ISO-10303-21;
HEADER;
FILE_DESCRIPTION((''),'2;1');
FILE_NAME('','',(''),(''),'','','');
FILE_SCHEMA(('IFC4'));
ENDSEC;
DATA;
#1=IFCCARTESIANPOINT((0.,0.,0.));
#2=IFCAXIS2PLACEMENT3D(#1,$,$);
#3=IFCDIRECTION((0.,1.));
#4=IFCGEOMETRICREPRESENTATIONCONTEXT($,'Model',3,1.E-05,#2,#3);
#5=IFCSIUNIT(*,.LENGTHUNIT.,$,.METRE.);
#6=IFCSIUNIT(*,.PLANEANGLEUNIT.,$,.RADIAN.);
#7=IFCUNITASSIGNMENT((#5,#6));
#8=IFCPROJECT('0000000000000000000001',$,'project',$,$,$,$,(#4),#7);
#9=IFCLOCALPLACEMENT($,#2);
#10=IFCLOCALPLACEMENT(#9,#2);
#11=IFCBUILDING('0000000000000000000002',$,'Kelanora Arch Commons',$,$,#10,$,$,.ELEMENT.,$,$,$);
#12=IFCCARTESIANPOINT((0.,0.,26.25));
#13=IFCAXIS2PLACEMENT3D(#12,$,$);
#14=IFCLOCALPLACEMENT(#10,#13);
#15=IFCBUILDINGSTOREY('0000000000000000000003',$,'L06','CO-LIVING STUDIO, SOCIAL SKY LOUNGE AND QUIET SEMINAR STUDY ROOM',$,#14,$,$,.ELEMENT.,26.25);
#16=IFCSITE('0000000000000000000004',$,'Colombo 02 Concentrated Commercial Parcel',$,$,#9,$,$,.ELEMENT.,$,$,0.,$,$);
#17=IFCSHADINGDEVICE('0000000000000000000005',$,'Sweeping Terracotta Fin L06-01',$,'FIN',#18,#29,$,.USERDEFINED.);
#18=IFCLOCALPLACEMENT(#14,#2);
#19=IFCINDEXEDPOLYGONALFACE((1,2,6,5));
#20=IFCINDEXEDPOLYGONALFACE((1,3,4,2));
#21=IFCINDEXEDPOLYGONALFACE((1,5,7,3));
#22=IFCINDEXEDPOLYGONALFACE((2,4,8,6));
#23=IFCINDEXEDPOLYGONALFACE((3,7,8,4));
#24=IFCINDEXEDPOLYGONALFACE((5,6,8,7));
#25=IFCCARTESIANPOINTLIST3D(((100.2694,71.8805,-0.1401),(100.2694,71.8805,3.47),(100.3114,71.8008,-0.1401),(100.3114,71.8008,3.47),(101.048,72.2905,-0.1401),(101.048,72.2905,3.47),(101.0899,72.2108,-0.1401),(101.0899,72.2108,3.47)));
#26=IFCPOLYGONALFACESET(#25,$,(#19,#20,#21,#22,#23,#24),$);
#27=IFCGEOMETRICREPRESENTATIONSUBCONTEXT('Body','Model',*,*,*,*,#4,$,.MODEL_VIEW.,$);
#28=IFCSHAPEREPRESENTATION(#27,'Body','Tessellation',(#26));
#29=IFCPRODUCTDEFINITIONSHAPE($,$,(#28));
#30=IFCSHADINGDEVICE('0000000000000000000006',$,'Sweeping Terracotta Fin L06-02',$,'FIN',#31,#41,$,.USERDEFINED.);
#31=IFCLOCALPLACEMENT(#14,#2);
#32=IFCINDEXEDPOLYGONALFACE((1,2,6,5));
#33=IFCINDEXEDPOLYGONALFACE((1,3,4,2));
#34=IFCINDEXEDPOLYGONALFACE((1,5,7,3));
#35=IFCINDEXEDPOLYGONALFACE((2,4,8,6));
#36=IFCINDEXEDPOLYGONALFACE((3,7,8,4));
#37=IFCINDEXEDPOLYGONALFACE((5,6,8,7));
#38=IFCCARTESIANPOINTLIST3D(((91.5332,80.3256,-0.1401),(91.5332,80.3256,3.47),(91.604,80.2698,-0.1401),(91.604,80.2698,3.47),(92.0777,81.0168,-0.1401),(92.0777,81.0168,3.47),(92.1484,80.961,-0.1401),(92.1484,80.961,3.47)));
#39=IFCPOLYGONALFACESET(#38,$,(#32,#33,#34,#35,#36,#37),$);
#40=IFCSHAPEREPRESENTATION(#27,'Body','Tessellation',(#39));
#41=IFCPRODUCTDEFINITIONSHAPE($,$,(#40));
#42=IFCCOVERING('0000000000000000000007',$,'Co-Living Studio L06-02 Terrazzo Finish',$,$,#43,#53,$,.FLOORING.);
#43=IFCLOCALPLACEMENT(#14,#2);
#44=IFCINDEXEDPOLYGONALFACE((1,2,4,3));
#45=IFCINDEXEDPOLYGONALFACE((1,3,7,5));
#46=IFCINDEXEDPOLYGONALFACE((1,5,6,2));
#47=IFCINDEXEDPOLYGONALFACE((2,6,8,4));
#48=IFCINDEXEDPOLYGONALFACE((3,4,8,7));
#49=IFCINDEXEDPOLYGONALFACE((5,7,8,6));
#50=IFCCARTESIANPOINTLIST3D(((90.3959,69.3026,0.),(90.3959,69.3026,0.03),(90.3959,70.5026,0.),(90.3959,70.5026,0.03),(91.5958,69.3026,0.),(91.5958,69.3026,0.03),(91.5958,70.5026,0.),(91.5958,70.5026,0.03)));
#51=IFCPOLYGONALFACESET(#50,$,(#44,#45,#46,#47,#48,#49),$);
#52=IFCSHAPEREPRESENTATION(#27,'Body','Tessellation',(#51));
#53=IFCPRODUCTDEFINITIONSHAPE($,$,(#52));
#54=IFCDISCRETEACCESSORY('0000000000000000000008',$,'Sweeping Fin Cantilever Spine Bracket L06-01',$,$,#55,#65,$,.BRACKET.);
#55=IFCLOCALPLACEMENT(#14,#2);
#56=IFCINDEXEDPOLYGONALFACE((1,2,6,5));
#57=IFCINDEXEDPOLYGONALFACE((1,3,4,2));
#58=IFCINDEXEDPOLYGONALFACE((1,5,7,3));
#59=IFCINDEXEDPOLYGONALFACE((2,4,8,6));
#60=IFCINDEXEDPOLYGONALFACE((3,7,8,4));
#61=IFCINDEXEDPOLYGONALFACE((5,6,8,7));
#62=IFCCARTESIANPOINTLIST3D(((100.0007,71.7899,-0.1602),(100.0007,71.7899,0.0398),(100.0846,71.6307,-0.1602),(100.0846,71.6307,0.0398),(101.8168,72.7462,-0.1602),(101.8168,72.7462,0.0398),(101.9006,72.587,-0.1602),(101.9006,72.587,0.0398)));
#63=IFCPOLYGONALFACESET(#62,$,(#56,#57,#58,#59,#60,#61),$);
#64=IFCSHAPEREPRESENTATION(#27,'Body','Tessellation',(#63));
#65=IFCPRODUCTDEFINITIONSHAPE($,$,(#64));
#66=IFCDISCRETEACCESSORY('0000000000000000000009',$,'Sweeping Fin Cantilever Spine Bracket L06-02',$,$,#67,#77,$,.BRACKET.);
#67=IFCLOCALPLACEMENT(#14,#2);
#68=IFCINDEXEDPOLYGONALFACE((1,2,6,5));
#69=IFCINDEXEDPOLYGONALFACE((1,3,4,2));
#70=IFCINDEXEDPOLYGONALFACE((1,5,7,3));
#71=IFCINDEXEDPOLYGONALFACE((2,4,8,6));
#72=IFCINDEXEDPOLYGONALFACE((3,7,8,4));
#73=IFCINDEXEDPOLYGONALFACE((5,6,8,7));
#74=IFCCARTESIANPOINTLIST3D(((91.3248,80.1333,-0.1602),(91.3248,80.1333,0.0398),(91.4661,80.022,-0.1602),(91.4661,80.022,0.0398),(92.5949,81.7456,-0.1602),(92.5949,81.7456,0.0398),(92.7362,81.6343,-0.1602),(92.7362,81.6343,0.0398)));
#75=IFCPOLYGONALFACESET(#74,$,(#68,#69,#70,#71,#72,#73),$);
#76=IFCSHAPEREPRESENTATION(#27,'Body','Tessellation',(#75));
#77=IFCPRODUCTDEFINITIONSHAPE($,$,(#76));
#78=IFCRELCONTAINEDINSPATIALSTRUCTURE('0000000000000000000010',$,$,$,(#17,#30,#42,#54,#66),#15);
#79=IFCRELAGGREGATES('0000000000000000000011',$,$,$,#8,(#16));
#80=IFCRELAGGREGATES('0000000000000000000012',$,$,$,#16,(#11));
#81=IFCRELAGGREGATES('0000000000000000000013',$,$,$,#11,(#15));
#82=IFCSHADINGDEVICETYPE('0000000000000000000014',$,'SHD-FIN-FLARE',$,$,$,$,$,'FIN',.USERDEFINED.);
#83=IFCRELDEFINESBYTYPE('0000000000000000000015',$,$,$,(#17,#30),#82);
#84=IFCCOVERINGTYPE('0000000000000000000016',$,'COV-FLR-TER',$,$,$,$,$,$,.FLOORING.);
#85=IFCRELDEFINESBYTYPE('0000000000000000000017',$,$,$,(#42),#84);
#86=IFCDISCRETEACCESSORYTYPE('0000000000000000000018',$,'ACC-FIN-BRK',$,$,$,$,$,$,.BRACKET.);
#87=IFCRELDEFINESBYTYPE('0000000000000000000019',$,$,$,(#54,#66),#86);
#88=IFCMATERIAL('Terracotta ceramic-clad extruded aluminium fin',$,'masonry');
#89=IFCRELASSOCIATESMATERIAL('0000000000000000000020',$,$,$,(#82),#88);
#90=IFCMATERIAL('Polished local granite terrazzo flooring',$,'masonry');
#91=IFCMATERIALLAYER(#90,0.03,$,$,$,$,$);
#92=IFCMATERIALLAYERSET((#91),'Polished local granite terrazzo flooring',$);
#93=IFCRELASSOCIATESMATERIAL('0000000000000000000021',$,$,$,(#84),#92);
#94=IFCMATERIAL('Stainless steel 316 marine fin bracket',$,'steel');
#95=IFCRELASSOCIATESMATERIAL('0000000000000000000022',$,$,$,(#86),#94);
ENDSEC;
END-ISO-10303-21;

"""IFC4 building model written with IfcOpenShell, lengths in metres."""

from ifc_helpers import new_model, si_unit, direction, frame, origin, origin_2d, place, context, subcontext, project, spatial, rectangle, extrude, source, transform, mapped, material, layer, layer_set, type_object, element, save


model = new_model("IFC4")

# Units and contexts
model_context = context("Model", 3, precision=1e-05, world=origin(), true_north=direction((0.0, 1.0)))
body_context = subcontext(model_context, "Body", "Model", "MODEL_VIEW")
ifc_project = project(units=[si_unit("LENGTHUNIT", "METRE"), si_unit("PLANEANGLEUNIT", "RADIAN")], contexts=[model_context])

# Site, building, storey
site_placement = place(None, origin())
site = spatial("IfcSite", under=ifc_project, at=site_placement, Name="Colombo 02 Concentrated Commercial Parcel", CompositionType="ELEMENT", RefElevation=0.0)
building_placement = place(site_placement, origin())
building = spatial("IfcBuilding", under=site, at=building_placement, Name="Kelanora Arch Commons", CompositionType="ELEMENT")
storey_placement = place(building_placement, frame((0.0, 0.0, 26.25)))
storey = spatial("IfcBuildingStorey", under=building, at=storey_placement, Name="L06", Description="CO-LIVING STUDIO, SOCIAL SKY LOUNGE AND QUIET SEMINAR STUDY ROOM", CompositionType="ELEMENT", Elevation=26.25)

# Shading devices
ifc_material_1 = material(Name="Terracotta ceramic-clad extruded aluminium fin", Category="masonry")
shading_device_type = type_object("IfcShadingDeviceType", Name="SHD-FIN-FLARE", ElementType="FIN", PredefinedType="USERDEFINED", material=ifc_material_1)
shared_shape_1 = source(origin(), body_context, "Body", "SweptSolid", [
    extrude(rectangle(XDim=0.8799, YDim=0.0901, at=origin_2d()), origin(), (0.0, 0.0, 1.0), 3.6101),
])
for number, where, z_axis, x_axis, name in (
    (1, (100.6797, 72.0457, -0.1401), (0.0, 0.0, 1.0), (0.884825, 0.465923, 0.0), "Sweeping Terracotta Fin L06-01"),
    (2, (91.8408, 80.6433, -0.1401), (0.0, 0.0, 1.0), (0.61882, 0.785533, 0.0), "Sweeping Terracotta Fin L06-02"),
):
    element("IfcShadingDevice", number, at=place(storey_placement, frame(where, z_axis=z_axis, x_axis=x_axis)), inside=storey, type_object=shading_device_type, Name=name, ObjectType="FIN", PredefinedType="USERDEFINED", context=body_context, shape_type="MappedRepresentation", body=[
        mapped(shared_shape_1, transform((0.0, 0.0, 0.0), scale=1.0)),
    ])

# Covering
ifc_material_2 = material(Name="Polished local granite terrazzo flooring", Category="masonry")
ifc_layer_1 = layer(ifc_material_2, 0.03)
ifc_layer_set_1 = layer_set([ifc_layer_1], Name="Polished local granite terrazzo flooring")
covering_type = type_object("IfcCoveringType", Name="COV-FLR-TER", PredefinedType="FLOORING", material=ifc_layer_set_1)
shared_shape_2 = source(origin(), body_context, "Body", "SweptSolid", [
    extrude(rectangle(XDim=1.2, YDim=1.2, at=origin_2d()), origin(), (0.0, 0.0, 1.0), 0.03),
])
covering_placement = place(storey_placement, frame((90.9958, 69.9026, 0.0), z_axis=(0.0, 0.0, 1.0), x_axis=(1.0, 0.0, 0.0)))
element("IfcCovering", 3, at=covering_placement, inside=storey, type_object=covering_type, Name="Co-Living Studio L06-02 Terrazzo Finish", PredefinedType="FLOORING", context=body_context, shape_type="MappedRepresentation", body=[
    mapped(shared_shape_2, transform((0.0, 0.0, 0.0), scale=1.0)),
])

# Discrete accessories
ifc_material_3 = material(Name="Stainless steel 316 marine fin bracket", Category="steel")
discrete_accessory_type = type_object("IfcDiscreteAccessoryType", Name="ACC-FIN-BRK", PredefinedType="BRACKET", material=ifc_material_3)
shared_shape_3 = source(origin(), body_context, "Body", "SweptSolid", [
    extrude(rectangle(XDim=2.0525, YDim=0.1799, at=origin_2d()), origin(), (0.0, 0.0, 1.0), 0.2),
])
for number, where, z_axis, x_axis, name in (
    (4, (100.9507, 72.1885, -0.1602), (0.0, 0.0, 1.0), (0.884825, 0.465923, 0.0), "Sweeping Fin Cantilever Spine Bracket L06-01"),
    (5, (92.0305, 80.8838, -0.1602), (0.0, 0.0, 1.0), (0.61882, 0.785533, 0.0), "Sweeping Fin Cantilever Spine Bracket L06-02"),
):
    element("IfcDiscreteAccessory", number, at=place(storey_placement, frame(where, z_axis=z_axis, x_axis=x_axis)), inside=storey, type_object=discrete_accessory_type, Name=name, PredefinedType="BRACKET", context=body_context, shape_type="MappedRepresentation", body=[
        mapped(shared_shape_3, transform((0.0, 0.0, 0.0), scale=1.0)),
    ])

save(model, "model.ifc")
